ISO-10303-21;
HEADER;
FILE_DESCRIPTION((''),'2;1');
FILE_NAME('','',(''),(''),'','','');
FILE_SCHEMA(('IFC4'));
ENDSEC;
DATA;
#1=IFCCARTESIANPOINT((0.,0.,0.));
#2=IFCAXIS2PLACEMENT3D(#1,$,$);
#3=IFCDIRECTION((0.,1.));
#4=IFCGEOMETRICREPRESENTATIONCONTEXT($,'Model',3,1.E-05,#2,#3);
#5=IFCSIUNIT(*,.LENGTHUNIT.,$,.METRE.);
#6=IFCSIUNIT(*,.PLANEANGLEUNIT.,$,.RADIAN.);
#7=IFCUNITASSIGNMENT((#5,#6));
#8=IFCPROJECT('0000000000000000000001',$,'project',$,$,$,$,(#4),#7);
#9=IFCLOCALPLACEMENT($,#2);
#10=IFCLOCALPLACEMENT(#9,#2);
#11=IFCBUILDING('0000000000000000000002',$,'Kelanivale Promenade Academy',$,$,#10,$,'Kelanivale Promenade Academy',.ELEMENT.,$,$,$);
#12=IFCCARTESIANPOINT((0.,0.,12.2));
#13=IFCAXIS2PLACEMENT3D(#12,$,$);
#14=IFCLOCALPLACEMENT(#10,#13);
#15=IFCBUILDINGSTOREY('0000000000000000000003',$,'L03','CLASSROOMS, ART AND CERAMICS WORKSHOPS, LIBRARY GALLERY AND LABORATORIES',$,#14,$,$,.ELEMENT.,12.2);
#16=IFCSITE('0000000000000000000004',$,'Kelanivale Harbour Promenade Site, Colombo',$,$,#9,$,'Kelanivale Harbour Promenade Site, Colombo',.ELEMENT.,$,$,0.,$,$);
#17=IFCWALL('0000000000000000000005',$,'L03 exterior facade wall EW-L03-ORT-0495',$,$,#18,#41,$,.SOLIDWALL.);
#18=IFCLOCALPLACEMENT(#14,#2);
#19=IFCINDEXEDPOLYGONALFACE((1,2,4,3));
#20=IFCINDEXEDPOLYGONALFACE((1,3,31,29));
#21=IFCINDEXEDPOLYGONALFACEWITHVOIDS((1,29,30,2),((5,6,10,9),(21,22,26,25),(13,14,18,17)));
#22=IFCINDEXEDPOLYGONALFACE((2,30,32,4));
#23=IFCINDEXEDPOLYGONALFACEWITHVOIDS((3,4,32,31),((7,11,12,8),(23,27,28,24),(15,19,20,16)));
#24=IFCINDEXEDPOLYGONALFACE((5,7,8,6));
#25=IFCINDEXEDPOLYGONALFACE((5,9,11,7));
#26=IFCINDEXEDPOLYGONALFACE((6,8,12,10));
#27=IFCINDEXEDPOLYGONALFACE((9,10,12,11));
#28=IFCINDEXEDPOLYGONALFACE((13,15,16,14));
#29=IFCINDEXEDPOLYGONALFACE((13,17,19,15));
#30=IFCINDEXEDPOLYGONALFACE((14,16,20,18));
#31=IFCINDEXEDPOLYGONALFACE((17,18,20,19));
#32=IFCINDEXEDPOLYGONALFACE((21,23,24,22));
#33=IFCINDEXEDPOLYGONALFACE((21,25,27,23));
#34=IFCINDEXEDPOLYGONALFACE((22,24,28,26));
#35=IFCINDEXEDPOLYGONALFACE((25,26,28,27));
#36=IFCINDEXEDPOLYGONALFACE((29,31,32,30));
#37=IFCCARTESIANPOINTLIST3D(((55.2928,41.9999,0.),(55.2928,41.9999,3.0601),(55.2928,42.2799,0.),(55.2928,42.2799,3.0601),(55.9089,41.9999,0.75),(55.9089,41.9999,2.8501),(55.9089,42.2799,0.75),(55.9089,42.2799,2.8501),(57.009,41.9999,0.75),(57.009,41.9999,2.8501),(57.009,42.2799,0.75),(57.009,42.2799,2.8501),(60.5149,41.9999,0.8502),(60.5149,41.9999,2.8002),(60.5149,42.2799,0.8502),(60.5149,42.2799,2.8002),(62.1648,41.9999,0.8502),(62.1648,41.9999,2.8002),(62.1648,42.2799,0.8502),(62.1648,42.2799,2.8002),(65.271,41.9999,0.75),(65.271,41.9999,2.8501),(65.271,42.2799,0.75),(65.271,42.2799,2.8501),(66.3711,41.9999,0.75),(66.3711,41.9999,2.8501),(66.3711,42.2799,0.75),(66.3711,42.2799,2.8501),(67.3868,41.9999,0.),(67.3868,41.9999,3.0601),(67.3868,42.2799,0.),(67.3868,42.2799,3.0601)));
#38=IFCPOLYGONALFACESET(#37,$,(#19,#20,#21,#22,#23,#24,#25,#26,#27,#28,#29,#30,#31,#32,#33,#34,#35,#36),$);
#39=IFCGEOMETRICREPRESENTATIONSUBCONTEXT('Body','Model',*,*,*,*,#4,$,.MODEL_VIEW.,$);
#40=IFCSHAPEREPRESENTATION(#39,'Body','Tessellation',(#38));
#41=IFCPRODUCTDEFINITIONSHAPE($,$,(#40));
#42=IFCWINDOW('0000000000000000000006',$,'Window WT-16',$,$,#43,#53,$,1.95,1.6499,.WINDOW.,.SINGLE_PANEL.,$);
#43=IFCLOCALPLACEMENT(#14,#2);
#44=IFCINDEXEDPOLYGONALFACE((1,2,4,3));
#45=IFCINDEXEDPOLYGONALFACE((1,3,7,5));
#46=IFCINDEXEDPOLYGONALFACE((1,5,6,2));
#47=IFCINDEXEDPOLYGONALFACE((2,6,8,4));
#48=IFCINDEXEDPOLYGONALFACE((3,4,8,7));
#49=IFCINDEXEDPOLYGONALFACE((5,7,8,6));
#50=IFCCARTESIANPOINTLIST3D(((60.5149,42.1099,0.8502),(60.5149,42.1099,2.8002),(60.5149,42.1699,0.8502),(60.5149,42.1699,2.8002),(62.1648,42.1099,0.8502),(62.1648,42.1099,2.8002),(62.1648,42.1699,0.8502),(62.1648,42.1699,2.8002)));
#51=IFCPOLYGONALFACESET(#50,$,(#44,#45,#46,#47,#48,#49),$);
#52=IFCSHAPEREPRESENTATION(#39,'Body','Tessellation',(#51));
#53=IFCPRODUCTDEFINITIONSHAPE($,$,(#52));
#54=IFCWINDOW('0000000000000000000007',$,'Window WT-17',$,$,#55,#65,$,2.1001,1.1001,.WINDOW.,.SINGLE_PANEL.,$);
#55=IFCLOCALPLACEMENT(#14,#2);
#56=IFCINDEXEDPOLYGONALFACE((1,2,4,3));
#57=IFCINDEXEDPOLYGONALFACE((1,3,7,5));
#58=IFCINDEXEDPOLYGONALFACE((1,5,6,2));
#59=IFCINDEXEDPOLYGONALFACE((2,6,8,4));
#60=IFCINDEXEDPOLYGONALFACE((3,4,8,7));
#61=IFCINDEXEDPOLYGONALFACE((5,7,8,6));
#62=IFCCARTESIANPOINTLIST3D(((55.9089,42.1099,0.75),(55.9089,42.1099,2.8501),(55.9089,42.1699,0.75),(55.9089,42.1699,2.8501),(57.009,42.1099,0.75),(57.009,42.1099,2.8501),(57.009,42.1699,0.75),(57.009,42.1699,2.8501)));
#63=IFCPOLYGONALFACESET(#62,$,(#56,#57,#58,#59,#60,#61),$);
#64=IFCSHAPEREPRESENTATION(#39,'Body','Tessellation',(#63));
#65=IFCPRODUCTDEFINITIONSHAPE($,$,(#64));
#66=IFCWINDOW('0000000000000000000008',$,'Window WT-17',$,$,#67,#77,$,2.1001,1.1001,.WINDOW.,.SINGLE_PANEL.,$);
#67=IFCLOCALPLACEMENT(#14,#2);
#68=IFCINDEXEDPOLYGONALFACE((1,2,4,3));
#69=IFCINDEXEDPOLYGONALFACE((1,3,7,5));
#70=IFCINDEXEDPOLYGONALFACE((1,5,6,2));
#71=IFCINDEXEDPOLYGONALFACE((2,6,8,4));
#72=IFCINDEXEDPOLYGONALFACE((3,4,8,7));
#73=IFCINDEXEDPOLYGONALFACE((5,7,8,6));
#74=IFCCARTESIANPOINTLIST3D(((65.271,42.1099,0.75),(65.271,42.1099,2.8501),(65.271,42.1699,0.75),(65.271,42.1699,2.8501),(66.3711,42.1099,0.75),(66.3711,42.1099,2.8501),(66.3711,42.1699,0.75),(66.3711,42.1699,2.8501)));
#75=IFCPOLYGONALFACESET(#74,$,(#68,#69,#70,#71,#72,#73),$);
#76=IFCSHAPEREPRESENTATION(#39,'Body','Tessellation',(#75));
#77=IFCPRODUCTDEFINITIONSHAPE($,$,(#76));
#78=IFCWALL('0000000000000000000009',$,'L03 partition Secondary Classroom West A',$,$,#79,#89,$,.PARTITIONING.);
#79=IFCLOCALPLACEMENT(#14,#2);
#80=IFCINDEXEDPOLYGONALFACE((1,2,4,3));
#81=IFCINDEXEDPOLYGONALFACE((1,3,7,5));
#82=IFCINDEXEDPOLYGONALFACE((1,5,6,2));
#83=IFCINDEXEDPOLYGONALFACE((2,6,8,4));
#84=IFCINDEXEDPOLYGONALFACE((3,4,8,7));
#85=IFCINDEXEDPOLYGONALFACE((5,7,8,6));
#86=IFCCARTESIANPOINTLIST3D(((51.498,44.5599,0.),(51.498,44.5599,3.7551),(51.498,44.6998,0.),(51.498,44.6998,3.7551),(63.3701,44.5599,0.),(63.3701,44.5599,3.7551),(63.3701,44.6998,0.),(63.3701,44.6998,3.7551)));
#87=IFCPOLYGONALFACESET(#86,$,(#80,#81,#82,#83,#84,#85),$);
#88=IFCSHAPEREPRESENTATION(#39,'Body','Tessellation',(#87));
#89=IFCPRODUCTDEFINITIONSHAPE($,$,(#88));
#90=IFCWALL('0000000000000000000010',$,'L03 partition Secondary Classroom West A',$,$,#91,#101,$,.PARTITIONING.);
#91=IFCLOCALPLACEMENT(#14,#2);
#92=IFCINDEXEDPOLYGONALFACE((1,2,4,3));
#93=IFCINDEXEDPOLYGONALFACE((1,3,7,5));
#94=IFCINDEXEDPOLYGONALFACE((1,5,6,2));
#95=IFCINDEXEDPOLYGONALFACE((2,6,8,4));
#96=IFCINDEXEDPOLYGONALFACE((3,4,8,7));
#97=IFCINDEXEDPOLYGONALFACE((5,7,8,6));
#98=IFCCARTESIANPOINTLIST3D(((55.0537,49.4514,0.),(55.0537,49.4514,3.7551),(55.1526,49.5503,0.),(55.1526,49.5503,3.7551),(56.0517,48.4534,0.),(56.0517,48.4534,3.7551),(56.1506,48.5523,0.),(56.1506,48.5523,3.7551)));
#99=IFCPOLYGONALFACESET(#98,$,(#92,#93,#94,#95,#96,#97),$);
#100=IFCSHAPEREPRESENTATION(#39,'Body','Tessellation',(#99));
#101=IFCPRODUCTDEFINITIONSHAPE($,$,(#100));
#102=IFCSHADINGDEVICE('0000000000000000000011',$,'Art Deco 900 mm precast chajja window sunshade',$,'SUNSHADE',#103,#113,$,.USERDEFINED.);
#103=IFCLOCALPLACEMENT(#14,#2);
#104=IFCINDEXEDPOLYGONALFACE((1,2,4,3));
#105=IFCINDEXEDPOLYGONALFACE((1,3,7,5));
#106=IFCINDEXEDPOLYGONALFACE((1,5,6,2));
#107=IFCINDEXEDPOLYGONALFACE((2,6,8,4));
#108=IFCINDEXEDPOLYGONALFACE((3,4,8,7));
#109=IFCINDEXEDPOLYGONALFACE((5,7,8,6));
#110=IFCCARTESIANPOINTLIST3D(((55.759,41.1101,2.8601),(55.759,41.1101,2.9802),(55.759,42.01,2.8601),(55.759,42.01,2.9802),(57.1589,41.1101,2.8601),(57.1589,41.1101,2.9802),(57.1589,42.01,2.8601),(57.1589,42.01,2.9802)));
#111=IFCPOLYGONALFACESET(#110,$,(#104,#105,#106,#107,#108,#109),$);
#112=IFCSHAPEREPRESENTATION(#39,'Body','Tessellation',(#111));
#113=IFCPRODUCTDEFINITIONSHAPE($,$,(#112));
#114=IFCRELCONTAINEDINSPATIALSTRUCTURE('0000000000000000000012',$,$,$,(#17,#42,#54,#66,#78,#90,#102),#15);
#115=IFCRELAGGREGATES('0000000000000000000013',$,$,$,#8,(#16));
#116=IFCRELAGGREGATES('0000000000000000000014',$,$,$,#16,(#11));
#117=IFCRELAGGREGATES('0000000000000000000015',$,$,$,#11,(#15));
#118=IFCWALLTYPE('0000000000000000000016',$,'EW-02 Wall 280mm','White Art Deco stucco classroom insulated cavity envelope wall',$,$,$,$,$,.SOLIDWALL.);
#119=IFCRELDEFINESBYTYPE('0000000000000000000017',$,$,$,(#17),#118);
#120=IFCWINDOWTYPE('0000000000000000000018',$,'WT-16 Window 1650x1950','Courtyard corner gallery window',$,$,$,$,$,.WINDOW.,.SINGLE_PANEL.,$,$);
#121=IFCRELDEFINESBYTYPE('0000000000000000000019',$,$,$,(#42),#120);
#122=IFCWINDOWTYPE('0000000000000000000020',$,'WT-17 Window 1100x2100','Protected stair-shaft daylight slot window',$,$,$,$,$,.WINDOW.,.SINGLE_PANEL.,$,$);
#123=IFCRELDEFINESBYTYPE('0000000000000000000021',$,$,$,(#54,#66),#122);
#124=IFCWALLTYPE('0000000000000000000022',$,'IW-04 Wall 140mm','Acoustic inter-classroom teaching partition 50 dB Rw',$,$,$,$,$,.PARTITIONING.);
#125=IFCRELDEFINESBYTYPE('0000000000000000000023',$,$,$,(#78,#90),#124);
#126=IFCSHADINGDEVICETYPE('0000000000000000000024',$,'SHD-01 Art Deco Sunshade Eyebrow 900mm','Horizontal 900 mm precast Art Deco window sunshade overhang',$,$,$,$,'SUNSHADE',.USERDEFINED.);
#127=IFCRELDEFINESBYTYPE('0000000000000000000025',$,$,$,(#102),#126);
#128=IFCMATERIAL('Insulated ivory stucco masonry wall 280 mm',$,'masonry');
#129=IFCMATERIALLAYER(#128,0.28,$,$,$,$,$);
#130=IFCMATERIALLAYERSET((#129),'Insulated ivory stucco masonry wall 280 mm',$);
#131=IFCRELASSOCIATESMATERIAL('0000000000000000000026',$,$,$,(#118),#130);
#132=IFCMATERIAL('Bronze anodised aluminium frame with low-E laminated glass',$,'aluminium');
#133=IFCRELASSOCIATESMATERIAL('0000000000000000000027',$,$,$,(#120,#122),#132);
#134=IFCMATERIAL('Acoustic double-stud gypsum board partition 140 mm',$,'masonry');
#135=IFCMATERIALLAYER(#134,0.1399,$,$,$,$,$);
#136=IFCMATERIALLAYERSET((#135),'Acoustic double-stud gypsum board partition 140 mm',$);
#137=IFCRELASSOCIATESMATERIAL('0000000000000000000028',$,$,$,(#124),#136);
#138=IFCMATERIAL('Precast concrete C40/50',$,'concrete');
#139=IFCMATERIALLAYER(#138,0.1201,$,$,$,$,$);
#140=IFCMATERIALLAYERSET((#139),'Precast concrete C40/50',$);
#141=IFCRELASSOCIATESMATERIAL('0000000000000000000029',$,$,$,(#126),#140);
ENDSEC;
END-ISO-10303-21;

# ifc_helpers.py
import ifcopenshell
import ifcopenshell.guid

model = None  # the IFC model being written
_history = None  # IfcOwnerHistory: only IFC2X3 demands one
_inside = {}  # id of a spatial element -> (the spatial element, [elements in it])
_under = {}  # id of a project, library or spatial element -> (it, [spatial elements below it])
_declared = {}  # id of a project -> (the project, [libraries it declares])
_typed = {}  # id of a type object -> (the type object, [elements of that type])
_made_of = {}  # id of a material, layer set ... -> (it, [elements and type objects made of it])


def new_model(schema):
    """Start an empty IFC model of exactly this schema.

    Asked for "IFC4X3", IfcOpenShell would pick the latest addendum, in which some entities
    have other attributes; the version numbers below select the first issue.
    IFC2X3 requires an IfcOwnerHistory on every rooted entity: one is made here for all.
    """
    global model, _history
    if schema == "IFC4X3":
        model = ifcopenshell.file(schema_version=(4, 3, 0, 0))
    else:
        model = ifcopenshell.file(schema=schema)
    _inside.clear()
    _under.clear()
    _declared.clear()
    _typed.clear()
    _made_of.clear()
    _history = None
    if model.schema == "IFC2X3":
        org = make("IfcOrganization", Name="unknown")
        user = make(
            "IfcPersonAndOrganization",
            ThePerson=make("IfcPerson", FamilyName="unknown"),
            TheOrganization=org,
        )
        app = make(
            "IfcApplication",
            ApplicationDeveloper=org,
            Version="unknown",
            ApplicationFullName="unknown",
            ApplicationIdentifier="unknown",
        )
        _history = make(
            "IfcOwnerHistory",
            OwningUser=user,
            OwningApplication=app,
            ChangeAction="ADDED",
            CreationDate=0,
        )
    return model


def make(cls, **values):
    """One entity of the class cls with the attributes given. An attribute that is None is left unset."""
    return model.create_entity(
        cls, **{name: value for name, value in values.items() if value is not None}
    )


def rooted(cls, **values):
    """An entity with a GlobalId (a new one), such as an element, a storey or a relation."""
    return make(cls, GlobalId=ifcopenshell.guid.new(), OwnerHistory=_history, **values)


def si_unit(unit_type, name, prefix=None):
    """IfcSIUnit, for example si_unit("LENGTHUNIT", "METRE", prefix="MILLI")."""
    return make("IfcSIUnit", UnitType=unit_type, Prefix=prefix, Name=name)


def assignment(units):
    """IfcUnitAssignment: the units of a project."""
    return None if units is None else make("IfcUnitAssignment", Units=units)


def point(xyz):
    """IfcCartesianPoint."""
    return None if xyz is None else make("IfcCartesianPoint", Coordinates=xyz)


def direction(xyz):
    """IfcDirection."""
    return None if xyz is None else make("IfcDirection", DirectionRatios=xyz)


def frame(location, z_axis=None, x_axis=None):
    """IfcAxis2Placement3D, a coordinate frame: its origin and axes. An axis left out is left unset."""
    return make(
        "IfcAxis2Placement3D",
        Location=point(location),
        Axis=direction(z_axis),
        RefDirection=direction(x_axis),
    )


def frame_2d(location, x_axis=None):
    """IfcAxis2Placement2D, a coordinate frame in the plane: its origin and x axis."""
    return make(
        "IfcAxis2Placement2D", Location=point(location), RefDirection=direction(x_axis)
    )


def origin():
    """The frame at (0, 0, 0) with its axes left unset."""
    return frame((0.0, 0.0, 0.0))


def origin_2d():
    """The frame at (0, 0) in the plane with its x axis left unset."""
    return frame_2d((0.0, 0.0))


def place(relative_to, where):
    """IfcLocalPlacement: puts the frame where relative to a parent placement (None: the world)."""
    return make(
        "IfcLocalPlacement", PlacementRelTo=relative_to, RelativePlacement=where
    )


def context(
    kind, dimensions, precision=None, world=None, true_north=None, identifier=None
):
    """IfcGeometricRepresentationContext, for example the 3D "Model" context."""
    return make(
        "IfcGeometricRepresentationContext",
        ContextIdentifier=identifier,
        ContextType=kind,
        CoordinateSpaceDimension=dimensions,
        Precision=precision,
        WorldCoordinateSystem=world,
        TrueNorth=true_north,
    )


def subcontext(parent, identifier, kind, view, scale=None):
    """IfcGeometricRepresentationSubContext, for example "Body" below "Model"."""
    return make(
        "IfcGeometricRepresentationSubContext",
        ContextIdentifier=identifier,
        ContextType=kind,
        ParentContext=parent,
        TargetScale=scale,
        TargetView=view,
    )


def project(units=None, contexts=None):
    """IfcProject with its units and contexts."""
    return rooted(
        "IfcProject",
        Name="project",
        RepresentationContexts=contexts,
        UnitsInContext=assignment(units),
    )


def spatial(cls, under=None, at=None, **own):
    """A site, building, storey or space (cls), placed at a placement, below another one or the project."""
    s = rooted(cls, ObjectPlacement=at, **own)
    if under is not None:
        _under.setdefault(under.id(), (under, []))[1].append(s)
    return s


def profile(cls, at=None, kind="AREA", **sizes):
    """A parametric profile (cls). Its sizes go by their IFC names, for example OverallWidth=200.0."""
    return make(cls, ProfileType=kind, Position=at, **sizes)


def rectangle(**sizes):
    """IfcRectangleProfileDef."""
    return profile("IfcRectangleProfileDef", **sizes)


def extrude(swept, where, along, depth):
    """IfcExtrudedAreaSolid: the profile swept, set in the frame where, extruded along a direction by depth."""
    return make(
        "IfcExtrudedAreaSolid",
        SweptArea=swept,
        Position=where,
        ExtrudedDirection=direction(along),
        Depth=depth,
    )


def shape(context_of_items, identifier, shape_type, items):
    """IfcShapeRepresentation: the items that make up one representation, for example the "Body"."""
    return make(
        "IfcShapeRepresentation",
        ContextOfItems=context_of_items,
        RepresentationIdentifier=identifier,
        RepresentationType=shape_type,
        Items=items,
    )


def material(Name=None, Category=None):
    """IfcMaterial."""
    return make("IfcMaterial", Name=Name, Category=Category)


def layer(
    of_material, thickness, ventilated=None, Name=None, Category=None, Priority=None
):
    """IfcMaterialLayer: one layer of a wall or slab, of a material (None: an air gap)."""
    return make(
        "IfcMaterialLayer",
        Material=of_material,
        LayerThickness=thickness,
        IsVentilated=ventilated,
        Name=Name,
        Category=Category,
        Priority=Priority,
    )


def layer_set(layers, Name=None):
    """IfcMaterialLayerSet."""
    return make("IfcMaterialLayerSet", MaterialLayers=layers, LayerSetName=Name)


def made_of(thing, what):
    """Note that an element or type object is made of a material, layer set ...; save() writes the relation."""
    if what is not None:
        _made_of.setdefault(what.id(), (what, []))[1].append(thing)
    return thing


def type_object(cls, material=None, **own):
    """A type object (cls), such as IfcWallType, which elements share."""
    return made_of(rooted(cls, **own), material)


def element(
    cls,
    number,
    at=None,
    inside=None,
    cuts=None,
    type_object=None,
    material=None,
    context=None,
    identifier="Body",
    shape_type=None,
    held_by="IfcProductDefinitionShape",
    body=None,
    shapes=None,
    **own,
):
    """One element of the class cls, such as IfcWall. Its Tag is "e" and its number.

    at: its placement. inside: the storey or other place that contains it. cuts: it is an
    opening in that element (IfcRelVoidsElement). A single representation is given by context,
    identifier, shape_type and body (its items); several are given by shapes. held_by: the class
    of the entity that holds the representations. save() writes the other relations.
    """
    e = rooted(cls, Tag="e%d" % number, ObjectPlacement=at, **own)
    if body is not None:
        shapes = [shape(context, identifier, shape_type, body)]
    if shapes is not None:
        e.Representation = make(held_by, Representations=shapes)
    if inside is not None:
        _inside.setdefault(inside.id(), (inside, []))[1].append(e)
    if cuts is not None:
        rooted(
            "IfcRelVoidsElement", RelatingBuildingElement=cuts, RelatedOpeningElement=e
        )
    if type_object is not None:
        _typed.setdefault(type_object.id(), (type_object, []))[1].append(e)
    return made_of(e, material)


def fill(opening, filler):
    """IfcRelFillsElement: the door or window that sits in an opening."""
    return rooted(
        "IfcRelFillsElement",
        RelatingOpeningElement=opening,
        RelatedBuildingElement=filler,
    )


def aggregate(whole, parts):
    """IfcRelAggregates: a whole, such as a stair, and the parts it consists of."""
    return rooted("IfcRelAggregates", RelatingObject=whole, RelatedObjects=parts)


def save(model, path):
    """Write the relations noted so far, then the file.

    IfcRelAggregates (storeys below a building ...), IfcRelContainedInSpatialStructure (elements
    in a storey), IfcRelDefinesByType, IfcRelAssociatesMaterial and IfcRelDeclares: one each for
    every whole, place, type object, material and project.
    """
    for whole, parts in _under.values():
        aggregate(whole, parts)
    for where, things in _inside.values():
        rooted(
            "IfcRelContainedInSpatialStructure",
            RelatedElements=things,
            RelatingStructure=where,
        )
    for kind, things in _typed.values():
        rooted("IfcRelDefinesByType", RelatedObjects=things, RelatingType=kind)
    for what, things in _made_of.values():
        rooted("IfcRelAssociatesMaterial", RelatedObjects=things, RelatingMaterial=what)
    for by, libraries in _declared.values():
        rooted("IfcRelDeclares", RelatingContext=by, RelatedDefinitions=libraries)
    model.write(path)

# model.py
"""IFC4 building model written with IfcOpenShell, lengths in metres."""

from ifc_helpers import new_model, si_unit, direction, frame, frame_2d, origin, origin_2d, place, context, subcontext, project, spatial, rectangle, extrude, material, layer, layer_set, type_object, element, fill, save


model = new_model("IFC4")

# Units and contexts
model_context = context("Model", 3, precision=1e-05, world=origin(), true_north=direction((0.0, 1.0)))
body_context = subcontext(model_context, "Body", "Model", "MODEL_VIEW")
ifc_project = project(units=[si_unit("LENGTHUNIT", "METRE"), si_unit("PLANEANGLEUNIT", "RADIAN")], contexts=[model_context])

# Site, building, storey
site_placement = place(None, origin())
site = spatial("IfcSite", under=ifc_project, at=site_placement, Name="Kelanivale Harbour Promenade Site, Colombo", LongName="Kelanivale Harbour Promenade Site, Colombo", CompositionType="ELEMENT", RefElevation=0.0)
building_placement = place(site_placement, origin())
building = spatial("IfcBuilding", under=site, at=building_placement, Name="Kelanivale Promenade Academy", LongName="Kelanivale Promenade Academy", CompositionType="ELEMENT")
storey_placement = place(building_placement, frame((0.0, 0.0, 12.2)))
storey = spatial("IfcBuildingStorey", under=building, at=storey_placement, Name="L03", Description="CLASSROOMS, ART AND CERAMICS WORKSHOPS, LIBRARY GALLERY AND LABORATORIES", CompositionType="ELEMENT", Elevation=12.2)

# Wall, openings, windows
ifc_material_1 = material(Name="Insulated ivory stucco masonry wall 280 mm", Category="masonry")
ifc_layer_1 = layer(ifc_material_1, 0.28)
ifc_layer_set_1 = layer_set([ifc_layer_1], Name="Insulated ivory stucco masonry wall 280 mm")
wall_type_1 = type_object("IfcWallType", Name="EW-02 Wall 280mm", Description="White Art Deco stucco classroom insulated cavity envelope wall", PredefinedType="SOLIDWALL", material=ifc_layer_set_1)
wall_1_placement = place(storey_placement, frame((55.293, 42.1399, 0.0), z_axis=(0.0, 0.0, 1.0), x_axis=(1.0, 0.0, 0.0)))
wall_1 = element("IfcWall", 1, at=wall_1_placement, inside=storey, type_object=wall_type_1, Name="L03 exterior facade wall EW-L03-ORT-0495", PredefinedType="SOLIDWALL", context=body_context, shape_type="SweptSolid", body=[
    extrude(rectangle(XDim=12.094, YDim=0.28, at=frame_2d((6.0469, 0.0))), origin(), (0.0, 0.0, 1.0), 3.0601),
])
opening_1_placement = place(wall_1_placement, frame((0.616, 0.0, 0.75)))
opening_1 = element("IfcOpeningElement", 2, at=opening_1_placement, cuts=wall_1, PredefinedType="OPENING", context=body_context, shape_type="SweptSolid", body=[
    extrude(rectangle(XDim=1.1001, YDim=2.1001, at=frame_2d((0.55, 1.05))), frame((0.0, 0.1499, 0.0), z_axis=(0.0, -1.0, 0.0), x_axis=(1.0, 0.0, 0.0)), (0.0, 0.0, 1.0), 0.3),
])
opening_2_placement = place(wall_1_placement, frame((5.2219, 0.0, 0.8501)))
opening_2 = element("IfcOpeningElement", 3, at=opening_2_placement, cuts=wall_1, PredefinedType="OPENING", context=body_context, shape_type="SweptSolid", body=[
    extrude(rectangle(XDim=1.6499, YDim=1.95, at=frame_2d((0.825, 0.9751))), frame((0.0, 0.1499, 0.0), z_axis=(0.0, -1.0, 0.0), x_axis=(1.0, 0.0, 0.0)), (0.0, 0.0, 1.0), 0.3),
])
opening_3_placement = place(wall_1_placement, frame((9.978, 0.0, 0.75)))
opening_3 = element("IfcOpeningElement", 4, at=opening_3_placement, cuts=wall_1, PredefinedType="OPENING", context=body_context, shape_type="SweptSolid", body=[
    extrude(rectangle(XDim=1.1001, YDim=2.1001, at=frame_2d((0.55, 1.05))), frame((0.0, 0.1499, 0.0), z_axis=(0.0, -1.0, 0.0), x_axis=(1.0, 0.0, 0.0)), (0.0, 0.0, 1.0), 0.3),
])
ifc_material_2 = material(Name="Bronze anodised aluminium frame with low-E laminated glass", Category="aluminium")
window_type_1 = type_object("IfcWindowType", Name="WT-16 Window 1650x1950", Description="Courtyard corner gallery window", PartitioningType="SINGLE_PANEL", PredefinedType="WINDOW", material=ifc_material_2)
window_1_placement = place(opening_2_placement, origin())
window_1 = element("IfcWindow", 5, at=window_1_placement, inside=storey, type_object=window_type_1, Name="Window WT-16", OverallHeight=1.95, OverallWidth=1.6499, PartitioningType="SINGLE_PANEL", PredefinedType="WINDOW", context=body_context, shape_type="SweptSolid", body=[
    extrude(rectangle(XDim=1.6499, YDim=1.95, at=frame_2d((0.825, 0.9751))), frame((0.0, 0.03, 0.0), z_axis=(0.0, -1.0, 0.0), x_axis=(1.0, 0.0, 0.0)), (0.0, 0.0, 1.0), 0.0601),
])
fill(opening_2, window_1)
window_type_2 = type_object("IfcWindowType", Name="WT-17 Window 1100x2100", Description="Protected stair-shaft daylight slot window", PartitioningType="SINGLE_PANEL", PredefinedType="WINDOW", material=ifc_material_2)
window_2_placement = place(opening_1_placement, origin())
window_2 = element("IfcWindow", 6, at=window_2_placement, inside=storey, type_object=window_type_2, Name="Window WT-17", OverallHeight=2.1001, OverallWidth=1.1001, PartitioningType="SINGLE_PANEL", PredefinedType="WINDOW", context=body_context, shape_type="SweptSolid", body=[
    extrude(rectangle(XDim=1.1001, YDim=2.1001, at=frame_2d((0.55, 1.05))), frame((0.0, 0.03, 0.0), z_axis=(0.0, -1.0, 0.0), x_axis=(1.0, 0.0, 0.0)), (0.0, 0.0, 1.0), 0.0601),
])
fill(opening_1, window_2)
window_3_placement = place(opening_3_placement, origin())
window_3 = element("IfcWindow", 7, at=window_3_placement, inside=storey, type_object=window_type_2, Name="Window WT-17", OverallHeight=2.1001, OverallWidth=1.1001, PartitioningType="SINGLE_PANEL", PredefinedType="WINDOW", context=body_context, shape_type="SweptSolid", body=[
    extrude(rectangle(XDim=1.1001, YDim=2.1001, at=frame_2d((0.55, 1.05))), frame((0.0, 0.03, 0.0), z_axis=(0.0, -1.0, 0.0), x_axis=(1.0, 0.0, 0.0)), (0.0, 0.0, 1.0), 0.0601),
])
fill(opening_3, window_3)

# Walls
ifc_material_3 = material(Name="Acoustic double-stud gypsum board partition 140 mm", Category="masonry")
ifc_layer_2 = layer(ifc_material_3, 0.1399)
ifc_layer_set_2 = layer_set([ifc_layer_2], Name="Acoustic double-stud gypsum board partition 140 mm")
wall_type_2 = type_object("IfcWallType", Name="IW-04 Wall 140mm", Description="Acoustic inter-classroom teaching partition 50 dB Rw", PredefinedType="PARTITIONING", material=ifc_layer_set_2)
wall_2_placement = place(storey_placement, frame((51.498, 44.6299, 0.0), z_axis=(0.0, 0.0, 1.0), x_axis=(1.0, 0.0, 0.0)))
element("IfcWall", 8, at=wall_2_placement, inside=storey, type_object=wall_type_2, Name="L03 partition Secondary Classroom West A", PredefinedType="PARTITIONING", context=body_context, shape_type="SweptSolid", body=[
    extrude(rectangle(XDim=11.8721, YDim=0.1399, at=frame_2d((5.936, 0.0))), origin(), (0.0, 0.0, 1.0), 3.7551),
])
wall_3_placement = place(storey_placement, frame((56.1011, 48.5029, 0.0), z_axis=(0.0, 0.0, 1.0), x_axis=(-0.707107, 0.707107, 0.0)))
element("IfcWall", 9, at=wall_3_placement, inside=storey, type_object=wall_type_2, Name="L03 partition Secondary Classroom West A", PredefinedType="PARTITIONING", context=body_context, shape_type="SweptSolid", body=[
    extrude(rectangle(XDim=1.4114, YDim=0.1399, at=frame_2d((0.7056, 0.0))), origin(), (0.0, 0.0, 1.0), 3.7551),
])

# Shading device
ifc_material_4 = material(Name="Precast concrete C40/50", Category="concrete")
ifc_layer_3 = layer(ifc_material_4, 0.1201)
ifc_layer_set_3 = layer_set([ifc_layer_3], Name="Precast concrete C40/50")
shading_device_type = type_object("IfcShadingDeviceType", Name="SHD-01 Art Deco Sunshade Eyebrow 900mm", Description="Horizontal 900 mm precast Art Deco window sunshade overhang", ElementType="SUNSHADE", PredefinedType="USERDEFINED", material=ifc_layer_set_3)
shading_device_placement = place(storey_placement, frame((56.459, 41.5601, 2.8601), z_axis=(0.0, 0.0, 1.0), x_axis=(1.0, 0.0, 0.0)))
element("IfcShadingDevice", 10, at=shading_device_placement, inside=storey, type_object=shading_device_type, Name="Art Deco 900 mm precast chajja window sunshade", ObjectType="SUNSHADE", PredefinedType="USERDEFINED", context=body_context, shape_type="SweptSolid", body=[
    extrude(rectangle(XDim=1.3999, YDim=0.8999, at=origin_2d()), origin(), (0.0, 0.0, 1.0), 0.1201),
])

save(model, "model.ifc")
